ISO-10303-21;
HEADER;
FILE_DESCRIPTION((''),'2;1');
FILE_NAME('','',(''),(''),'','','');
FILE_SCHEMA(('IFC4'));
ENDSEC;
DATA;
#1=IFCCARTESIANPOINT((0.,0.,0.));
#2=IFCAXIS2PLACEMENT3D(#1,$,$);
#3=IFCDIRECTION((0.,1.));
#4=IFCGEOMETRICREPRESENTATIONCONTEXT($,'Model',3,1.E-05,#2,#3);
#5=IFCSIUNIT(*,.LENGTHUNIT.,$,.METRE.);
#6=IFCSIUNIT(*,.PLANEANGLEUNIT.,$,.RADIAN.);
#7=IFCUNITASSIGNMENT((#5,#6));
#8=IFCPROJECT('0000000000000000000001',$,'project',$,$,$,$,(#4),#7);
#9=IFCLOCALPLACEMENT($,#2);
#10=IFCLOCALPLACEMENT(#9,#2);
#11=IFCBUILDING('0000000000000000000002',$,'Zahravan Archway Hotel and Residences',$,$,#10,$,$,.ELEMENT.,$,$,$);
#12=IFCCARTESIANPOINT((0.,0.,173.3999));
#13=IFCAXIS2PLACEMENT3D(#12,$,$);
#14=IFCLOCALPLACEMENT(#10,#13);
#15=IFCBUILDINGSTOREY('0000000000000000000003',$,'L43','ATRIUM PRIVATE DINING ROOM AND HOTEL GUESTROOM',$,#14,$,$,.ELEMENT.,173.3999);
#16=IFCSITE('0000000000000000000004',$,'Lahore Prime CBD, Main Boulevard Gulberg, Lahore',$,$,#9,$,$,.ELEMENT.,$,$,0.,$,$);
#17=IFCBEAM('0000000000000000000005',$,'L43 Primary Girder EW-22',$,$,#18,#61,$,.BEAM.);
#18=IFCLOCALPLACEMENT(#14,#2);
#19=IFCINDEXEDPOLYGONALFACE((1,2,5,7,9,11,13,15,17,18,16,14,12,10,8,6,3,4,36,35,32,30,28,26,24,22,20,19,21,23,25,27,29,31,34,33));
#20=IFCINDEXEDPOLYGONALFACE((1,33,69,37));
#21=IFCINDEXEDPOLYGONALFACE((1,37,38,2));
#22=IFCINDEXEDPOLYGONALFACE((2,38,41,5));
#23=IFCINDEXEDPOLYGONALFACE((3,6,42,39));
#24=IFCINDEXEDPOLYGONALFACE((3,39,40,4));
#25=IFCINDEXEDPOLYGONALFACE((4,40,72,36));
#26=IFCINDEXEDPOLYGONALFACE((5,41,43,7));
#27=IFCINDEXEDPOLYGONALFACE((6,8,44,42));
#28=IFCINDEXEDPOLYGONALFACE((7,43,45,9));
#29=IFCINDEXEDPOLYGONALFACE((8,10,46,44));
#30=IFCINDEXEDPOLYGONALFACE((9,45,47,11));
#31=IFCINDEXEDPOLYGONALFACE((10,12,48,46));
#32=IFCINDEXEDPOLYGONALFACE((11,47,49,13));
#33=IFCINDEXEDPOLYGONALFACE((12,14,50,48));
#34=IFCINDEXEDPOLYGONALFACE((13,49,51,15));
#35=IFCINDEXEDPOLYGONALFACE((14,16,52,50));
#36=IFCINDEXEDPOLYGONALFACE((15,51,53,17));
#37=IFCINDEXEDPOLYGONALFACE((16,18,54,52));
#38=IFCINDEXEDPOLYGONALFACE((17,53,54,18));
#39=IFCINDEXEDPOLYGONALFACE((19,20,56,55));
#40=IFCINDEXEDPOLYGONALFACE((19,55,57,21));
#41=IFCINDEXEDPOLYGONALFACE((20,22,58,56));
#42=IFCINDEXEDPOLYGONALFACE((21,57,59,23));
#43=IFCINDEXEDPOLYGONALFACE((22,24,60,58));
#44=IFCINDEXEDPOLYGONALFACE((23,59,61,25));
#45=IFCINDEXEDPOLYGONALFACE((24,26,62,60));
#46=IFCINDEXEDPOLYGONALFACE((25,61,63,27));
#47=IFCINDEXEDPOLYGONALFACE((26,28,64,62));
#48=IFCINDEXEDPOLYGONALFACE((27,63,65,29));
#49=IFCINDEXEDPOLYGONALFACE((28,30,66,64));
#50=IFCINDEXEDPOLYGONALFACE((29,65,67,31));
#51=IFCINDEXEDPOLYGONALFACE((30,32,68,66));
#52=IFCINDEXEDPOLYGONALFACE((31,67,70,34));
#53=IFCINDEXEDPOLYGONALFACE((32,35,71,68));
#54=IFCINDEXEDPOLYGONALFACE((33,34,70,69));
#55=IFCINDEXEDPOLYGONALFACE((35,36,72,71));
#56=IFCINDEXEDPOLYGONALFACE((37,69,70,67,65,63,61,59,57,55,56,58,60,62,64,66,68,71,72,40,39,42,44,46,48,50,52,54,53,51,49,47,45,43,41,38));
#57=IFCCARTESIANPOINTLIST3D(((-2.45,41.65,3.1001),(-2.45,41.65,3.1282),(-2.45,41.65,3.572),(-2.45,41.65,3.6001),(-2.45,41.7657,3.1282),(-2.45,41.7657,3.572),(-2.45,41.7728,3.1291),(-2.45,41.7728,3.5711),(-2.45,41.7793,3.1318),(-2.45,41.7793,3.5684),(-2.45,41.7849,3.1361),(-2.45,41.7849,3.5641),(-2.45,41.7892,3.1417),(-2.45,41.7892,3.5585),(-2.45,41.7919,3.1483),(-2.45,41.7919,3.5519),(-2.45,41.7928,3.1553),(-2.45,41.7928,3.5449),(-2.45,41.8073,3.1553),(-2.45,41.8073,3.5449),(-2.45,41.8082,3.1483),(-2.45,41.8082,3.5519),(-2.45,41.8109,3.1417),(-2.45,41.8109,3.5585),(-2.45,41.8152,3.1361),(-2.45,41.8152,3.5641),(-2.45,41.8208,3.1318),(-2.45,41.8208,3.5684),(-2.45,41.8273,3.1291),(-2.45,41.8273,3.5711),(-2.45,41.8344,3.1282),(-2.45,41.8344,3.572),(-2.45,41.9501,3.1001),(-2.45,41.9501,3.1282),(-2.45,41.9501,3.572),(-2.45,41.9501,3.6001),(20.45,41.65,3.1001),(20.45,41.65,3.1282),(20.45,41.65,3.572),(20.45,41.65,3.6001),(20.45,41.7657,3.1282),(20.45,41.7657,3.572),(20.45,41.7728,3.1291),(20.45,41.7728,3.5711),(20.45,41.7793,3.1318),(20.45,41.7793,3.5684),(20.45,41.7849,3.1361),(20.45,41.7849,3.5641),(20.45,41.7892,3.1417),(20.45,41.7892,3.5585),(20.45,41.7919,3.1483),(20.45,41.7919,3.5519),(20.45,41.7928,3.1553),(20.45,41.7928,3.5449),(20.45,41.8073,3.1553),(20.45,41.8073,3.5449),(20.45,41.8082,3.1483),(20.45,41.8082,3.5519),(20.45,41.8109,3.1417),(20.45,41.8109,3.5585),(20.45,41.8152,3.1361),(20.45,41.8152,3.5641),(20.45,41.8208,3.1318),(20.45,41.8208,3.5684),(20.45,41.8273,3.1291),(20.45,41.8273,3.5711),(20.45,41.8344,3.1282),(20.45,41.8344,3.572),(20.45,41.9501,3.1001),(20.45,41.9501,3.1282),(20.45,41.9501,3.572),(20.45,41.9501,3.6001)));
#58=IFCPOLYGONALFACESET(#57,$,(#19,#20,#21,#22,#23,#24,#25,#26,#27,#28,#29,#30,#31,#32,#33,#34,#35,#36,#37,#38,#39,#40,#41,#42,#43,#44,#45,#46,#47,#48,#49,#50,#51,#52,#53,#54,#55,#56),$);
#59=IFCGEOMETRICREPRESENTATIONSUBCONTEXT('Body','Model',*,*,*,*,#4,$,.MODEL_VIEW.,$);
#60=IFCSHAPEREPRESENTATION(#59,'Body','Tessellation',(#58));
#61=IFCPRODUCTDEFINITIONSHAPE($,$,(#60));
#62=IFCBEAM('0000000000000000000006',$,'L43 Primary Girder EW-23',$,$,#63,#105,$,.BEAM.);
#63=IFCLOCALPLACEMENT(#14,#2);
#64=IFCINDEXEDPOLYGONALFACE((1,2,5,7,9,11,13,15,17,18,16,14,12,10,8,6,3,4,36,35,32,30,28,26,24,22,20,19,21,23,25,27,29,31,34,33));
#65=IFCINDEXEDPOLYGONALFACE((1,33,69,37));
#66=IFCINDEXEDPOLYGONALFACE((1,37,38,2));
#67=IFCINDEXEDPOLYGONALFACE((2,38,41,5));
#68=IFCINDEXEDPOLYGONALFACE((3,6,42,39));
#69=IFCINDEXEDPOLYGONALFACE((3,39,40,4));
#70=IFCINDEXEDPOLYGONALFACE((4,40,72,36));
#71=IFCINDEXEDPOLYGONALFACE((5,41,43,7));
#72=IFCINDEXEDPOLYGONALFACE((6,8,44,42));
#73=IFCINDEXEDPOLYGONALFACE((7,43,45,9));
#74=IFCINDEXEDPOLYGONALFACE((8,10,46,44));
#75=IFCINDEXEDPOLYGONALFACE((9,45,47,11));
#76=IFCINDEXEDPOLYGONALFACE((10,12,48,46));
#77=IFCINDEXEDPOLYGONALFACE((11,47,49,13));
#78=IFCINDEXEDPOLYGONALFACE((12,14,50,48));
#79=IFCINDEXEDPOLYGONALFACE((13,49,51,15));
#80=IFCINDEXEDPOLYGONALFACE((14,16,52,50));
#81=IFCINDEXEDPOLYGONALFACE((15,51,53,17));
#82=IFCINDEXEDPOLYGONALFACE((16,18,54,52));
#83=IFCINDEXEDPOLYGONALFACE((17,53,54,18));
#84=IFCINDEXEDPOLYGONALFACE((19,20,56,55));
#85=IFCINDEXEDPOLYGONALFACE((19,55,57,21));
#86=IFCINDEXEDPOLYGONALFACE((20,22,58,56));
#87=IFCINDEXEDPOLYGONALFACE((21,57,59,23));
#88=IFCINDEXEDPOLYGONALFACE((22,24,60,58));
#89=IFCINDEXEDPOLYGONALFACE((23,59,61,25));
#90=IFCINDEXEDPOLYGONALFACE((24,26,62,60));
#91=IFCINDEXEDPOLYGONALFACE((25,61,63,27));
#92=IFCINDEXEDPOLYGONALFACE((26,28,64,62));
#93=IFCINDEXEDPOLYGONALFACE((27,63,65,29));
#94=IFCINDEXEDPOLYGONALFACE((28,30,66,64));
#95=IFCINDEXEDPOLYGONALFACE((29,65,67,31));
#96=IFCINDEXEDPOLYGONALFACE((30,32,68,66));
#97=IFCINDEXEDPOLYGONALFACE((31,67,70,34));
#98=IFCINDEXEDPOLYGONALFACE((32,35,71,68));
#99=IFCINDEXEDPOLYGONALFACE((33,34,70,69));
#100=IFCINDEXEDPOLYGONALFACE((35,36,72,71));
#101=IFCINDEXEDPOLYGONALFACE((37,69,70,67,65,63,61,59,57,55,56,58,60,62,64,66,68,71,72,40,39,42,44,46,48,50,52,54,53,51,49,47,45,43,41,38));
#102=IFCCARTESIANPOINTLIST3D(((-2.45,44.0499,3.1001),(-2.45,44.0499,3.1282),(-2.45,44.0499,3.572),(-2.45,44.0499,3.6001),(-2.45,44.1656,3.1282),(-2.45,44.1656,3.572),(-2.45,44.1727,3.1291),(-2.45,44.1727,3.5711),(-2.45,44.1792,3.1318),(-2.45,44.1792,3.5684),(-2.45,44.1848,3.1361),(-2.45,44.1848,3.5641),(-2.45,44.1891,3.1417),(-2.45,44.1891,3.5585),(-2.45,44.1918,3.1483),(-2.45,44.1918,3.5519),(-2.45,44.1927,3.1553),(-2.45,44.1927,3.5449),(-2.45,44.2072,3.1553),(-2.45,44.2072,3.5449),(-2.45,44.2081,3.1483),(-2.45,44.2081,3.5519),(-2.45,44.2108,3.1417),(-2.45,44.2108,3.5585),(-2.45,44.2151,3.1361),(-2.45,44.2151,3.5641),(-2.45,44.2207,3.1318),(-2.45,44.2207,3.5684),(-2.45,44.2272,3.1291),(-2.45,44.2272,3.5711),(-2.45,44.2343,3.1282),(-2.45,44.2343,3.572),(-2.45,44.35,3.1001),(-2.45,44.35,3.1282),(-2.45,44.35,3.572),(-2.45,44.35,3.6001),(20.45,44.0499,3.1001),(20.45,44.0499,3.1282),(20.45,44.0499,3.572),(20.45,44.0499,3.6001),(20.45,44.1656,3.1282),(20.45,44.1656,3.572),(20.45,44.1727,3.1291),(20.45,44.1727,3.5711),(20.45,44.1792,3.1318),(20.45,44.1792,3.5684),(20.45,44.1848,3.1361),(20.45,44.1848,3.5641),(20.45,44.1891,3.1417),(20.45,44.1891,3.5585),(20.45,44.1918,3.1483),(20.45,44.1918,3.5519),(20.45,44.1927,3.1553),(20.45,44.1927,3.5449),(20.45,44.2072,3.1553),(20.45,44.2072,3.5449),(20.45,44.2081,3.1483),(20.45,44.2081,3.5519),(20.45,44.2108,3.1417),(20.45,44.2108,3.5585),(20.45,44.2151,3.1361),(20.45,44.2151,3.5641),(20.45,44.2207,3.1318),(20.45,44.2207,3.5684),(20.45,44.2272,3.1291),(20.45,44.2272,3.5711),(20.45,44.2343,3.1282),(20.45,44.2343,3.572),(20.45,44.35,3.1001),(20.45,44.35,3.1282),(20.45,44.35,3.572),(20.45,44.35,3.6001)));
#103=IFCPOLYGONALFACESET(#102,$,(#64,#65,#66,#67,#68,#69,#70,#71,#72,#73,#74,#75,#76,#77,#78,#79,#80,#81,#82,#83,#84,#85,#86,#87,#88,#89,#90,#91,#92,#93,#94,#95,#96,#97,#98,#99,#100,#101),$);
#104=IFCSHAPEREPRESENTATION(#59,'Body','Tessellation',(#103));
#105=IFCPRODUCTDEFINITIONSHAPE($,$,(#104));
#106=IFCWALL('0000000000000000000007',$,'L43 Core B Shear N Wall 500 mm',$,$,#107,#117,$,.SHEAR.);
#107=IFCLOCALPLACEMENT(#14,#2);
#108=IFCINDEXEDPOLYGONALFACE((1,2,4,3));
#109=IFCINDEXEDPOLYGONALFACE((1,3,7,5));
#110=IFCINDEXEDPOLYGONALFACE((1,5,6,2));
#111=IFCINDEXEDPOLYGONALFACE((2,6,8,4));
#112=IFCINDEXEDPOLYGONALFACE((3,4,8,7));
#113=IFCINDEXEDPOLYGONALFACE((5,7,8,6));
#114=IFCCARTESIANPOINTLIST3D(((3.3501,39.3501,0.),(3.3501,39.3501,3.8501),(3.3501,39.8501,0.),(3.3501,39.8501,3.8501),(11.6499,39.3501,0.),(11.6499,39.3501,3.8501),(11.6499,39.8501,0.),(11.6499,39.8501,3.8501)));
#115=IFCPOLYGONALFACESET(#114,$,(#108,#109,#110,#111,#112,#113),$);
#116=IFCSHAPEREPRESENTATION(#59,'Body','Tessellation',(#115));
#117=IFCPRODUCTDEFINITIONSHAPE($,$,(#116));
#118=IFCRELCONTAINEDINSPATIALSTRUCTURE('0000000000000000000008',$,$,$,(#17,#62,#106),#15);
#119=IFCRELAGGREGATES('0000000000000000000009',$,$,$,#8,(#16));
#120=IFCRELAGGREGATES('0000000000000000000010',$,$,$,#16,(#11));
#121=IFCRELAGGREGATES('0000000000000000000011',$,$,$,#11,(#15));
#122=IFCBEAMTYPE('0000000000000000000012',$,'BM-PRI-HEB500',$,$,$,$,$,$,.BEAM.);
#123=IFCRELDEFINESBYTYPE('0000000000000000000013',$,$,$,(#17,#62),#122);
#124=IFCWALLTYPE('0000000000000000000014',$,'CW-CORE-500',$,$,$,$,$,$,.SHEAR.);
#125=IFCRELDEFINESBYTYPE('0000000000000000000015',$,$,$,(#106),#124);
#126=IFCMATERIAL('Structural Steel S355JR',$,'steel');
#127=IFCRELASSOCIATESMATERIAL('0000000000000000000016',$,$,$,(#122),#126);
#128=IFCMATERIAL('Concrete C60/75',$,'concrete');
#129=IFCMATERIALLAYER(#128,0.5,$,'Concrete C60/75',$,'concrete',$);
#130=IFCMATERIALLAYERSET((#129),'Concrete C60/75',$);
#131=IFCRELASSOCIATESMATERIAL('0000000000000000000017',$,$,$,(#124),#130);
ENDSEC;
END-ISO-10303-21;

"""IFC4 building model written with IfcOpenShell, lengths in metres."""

from ifc_helpers import new_model, si_unit, direction, frame, frame_2d, origin, origin_2d, place, context, subcontext, project, spatial, rectangle, i_section, extrude, source, transform, mapped, material, layer, layer_set, material_profile, profile_set, type_object, element, save


model = new_model("IFC4")

# Units and contexts
model_context = context("Model", 3, precision=1e-05, world=origin(), true_north=direction((0.0, 1.0)))
body_context = subcontext(model_context, "Body", "Model", "MODEL_VIEW")
ifc_project = project(units=[si_unit("LENGTHUNIT", "METRE"), si_unit("PLANEANGLEUNIT", "RADIAN")], contexts=[model_context])

# Site, building, storey
site_placement = place(None, origin())
site = spatial("IfcSite", under=ifc_project, at=site_placement, Name="Lahore Prime CBD, Main Boulevard Gulberg, Lahore", CompositionType="ELEMENT", RefElevation=0.0)
building_placement = place(site_placement, origin())
building = spatial("IfcBuilding", under=site, at=building_placement, Name="Zahravan Archway Hotel and Residences", CompositionType="ELEMENT")
storey_placement = place(building_placement, frame((0.0, 0.0, 173.3999)))
storey = spatial("IfcBuildingStorey", under=building, at=storey_placement, Name="L43", Description="ATRIUM PRIVATE DINING ROOM AND HOTEL GUESTROOM", CompositionType="ELEMENT", Elevation=173.3999)

# Shared definitions
ifc_material_1 = material(Name="Concrete C60/75", Category="concrete")

# Beams
ifc_material_2 = material(Name="Structural Steel S355JR", Category="steel")
ifc_material_profile_1 = material_profile(ifc_material_2, i_section(OverallWidth=0.3, OverallDepth=0.5, WebThickness=0.0144, FlangeThickness=0.0281, FilletRadius=0.0271, at=origin_2d()), Name="HEB 500", Category="steel")
ifc_profile_set_1 = profile_set([ifc_material_profile_1], Name="Structural Steel S355JR")
beam_type_1 = type_object("IfcBeamType", Name="BM-PRI-HEB500", PredefinedType="BEAM", material=ifc_profile_set_1)
shared_shape_1 = source(origin(), body_context, "Body", "SweptSolid", [
    extrude(i_section(OverallWidth=0.3, OverallDepth=0.5, WebThickness=0.0144, FlangeThickness=0.0281, FilletRadius=0.0271, at=origin_2d()), origin(), (0.0, 0.0, 1.0), 22.8999),
])
for number, where, z_axis, x_axis, name in (
    (1, (-2.45, 41.8, 3.3501), (1.0, 0.0, 0.0), (0.0, 1.0, 0.0), "L43 Primary Girder EW-22"),
    (2, (-2.45, 44.2, 3.3501), (1.0, 0.0, 0.0), (0.0, 1.0, 0.0), "L43 Primary Girder EW-23"),
):
    element("IfcBeam", number, at=place(storey_placement, frame(where, z_axis=z_axis, x_axis=x_axis)), inside=storey, type_object=beam_type_1, Name=name, PredefinedType="BEAM", context=body_context, shape_type="MappedRepresentation", body=[
        mapped(shared_shape_1, transform((0.0, 0.0, 0.0), scale=1.0)),
    ])

# Wall
ifc_layer_1 = layer(ifc_material_1, 0.5, Name="Concrete C60/75", Category="concrete")
ifc_layer_set_1 = layer_set([ifc_layer_1], Name="Concrete C60/75")
wall_type_1 = type_object("IfcWallType", Name="CW-CORE-500", PredefinedType="SHEAR", material=ifc_layer_set_1)
wall_1_placement = place(storey_placement, frame((3.3501, 39.6001, 0.0), z_axis=(0.0, 0.0, 1.0), x_axis=(1.0, 0.0, 0.0)))
element("IfcWall", 3, at=wall_1_placement, inside=storey, type_object=wall_type_1, Name="L43 Core B Shear N Wall 500 mm", PredefinedType="SHEAR", context=body_context, shape_type="SweptSolid", body=[
    extrude(rectangle(XDim=8.2998, YDim=0.5, at=frame_2d((4.1499, 0.0))), origin(), (0.0, 0.0, 1.0), 3.8501),
])

save(model, "model.ifc")
